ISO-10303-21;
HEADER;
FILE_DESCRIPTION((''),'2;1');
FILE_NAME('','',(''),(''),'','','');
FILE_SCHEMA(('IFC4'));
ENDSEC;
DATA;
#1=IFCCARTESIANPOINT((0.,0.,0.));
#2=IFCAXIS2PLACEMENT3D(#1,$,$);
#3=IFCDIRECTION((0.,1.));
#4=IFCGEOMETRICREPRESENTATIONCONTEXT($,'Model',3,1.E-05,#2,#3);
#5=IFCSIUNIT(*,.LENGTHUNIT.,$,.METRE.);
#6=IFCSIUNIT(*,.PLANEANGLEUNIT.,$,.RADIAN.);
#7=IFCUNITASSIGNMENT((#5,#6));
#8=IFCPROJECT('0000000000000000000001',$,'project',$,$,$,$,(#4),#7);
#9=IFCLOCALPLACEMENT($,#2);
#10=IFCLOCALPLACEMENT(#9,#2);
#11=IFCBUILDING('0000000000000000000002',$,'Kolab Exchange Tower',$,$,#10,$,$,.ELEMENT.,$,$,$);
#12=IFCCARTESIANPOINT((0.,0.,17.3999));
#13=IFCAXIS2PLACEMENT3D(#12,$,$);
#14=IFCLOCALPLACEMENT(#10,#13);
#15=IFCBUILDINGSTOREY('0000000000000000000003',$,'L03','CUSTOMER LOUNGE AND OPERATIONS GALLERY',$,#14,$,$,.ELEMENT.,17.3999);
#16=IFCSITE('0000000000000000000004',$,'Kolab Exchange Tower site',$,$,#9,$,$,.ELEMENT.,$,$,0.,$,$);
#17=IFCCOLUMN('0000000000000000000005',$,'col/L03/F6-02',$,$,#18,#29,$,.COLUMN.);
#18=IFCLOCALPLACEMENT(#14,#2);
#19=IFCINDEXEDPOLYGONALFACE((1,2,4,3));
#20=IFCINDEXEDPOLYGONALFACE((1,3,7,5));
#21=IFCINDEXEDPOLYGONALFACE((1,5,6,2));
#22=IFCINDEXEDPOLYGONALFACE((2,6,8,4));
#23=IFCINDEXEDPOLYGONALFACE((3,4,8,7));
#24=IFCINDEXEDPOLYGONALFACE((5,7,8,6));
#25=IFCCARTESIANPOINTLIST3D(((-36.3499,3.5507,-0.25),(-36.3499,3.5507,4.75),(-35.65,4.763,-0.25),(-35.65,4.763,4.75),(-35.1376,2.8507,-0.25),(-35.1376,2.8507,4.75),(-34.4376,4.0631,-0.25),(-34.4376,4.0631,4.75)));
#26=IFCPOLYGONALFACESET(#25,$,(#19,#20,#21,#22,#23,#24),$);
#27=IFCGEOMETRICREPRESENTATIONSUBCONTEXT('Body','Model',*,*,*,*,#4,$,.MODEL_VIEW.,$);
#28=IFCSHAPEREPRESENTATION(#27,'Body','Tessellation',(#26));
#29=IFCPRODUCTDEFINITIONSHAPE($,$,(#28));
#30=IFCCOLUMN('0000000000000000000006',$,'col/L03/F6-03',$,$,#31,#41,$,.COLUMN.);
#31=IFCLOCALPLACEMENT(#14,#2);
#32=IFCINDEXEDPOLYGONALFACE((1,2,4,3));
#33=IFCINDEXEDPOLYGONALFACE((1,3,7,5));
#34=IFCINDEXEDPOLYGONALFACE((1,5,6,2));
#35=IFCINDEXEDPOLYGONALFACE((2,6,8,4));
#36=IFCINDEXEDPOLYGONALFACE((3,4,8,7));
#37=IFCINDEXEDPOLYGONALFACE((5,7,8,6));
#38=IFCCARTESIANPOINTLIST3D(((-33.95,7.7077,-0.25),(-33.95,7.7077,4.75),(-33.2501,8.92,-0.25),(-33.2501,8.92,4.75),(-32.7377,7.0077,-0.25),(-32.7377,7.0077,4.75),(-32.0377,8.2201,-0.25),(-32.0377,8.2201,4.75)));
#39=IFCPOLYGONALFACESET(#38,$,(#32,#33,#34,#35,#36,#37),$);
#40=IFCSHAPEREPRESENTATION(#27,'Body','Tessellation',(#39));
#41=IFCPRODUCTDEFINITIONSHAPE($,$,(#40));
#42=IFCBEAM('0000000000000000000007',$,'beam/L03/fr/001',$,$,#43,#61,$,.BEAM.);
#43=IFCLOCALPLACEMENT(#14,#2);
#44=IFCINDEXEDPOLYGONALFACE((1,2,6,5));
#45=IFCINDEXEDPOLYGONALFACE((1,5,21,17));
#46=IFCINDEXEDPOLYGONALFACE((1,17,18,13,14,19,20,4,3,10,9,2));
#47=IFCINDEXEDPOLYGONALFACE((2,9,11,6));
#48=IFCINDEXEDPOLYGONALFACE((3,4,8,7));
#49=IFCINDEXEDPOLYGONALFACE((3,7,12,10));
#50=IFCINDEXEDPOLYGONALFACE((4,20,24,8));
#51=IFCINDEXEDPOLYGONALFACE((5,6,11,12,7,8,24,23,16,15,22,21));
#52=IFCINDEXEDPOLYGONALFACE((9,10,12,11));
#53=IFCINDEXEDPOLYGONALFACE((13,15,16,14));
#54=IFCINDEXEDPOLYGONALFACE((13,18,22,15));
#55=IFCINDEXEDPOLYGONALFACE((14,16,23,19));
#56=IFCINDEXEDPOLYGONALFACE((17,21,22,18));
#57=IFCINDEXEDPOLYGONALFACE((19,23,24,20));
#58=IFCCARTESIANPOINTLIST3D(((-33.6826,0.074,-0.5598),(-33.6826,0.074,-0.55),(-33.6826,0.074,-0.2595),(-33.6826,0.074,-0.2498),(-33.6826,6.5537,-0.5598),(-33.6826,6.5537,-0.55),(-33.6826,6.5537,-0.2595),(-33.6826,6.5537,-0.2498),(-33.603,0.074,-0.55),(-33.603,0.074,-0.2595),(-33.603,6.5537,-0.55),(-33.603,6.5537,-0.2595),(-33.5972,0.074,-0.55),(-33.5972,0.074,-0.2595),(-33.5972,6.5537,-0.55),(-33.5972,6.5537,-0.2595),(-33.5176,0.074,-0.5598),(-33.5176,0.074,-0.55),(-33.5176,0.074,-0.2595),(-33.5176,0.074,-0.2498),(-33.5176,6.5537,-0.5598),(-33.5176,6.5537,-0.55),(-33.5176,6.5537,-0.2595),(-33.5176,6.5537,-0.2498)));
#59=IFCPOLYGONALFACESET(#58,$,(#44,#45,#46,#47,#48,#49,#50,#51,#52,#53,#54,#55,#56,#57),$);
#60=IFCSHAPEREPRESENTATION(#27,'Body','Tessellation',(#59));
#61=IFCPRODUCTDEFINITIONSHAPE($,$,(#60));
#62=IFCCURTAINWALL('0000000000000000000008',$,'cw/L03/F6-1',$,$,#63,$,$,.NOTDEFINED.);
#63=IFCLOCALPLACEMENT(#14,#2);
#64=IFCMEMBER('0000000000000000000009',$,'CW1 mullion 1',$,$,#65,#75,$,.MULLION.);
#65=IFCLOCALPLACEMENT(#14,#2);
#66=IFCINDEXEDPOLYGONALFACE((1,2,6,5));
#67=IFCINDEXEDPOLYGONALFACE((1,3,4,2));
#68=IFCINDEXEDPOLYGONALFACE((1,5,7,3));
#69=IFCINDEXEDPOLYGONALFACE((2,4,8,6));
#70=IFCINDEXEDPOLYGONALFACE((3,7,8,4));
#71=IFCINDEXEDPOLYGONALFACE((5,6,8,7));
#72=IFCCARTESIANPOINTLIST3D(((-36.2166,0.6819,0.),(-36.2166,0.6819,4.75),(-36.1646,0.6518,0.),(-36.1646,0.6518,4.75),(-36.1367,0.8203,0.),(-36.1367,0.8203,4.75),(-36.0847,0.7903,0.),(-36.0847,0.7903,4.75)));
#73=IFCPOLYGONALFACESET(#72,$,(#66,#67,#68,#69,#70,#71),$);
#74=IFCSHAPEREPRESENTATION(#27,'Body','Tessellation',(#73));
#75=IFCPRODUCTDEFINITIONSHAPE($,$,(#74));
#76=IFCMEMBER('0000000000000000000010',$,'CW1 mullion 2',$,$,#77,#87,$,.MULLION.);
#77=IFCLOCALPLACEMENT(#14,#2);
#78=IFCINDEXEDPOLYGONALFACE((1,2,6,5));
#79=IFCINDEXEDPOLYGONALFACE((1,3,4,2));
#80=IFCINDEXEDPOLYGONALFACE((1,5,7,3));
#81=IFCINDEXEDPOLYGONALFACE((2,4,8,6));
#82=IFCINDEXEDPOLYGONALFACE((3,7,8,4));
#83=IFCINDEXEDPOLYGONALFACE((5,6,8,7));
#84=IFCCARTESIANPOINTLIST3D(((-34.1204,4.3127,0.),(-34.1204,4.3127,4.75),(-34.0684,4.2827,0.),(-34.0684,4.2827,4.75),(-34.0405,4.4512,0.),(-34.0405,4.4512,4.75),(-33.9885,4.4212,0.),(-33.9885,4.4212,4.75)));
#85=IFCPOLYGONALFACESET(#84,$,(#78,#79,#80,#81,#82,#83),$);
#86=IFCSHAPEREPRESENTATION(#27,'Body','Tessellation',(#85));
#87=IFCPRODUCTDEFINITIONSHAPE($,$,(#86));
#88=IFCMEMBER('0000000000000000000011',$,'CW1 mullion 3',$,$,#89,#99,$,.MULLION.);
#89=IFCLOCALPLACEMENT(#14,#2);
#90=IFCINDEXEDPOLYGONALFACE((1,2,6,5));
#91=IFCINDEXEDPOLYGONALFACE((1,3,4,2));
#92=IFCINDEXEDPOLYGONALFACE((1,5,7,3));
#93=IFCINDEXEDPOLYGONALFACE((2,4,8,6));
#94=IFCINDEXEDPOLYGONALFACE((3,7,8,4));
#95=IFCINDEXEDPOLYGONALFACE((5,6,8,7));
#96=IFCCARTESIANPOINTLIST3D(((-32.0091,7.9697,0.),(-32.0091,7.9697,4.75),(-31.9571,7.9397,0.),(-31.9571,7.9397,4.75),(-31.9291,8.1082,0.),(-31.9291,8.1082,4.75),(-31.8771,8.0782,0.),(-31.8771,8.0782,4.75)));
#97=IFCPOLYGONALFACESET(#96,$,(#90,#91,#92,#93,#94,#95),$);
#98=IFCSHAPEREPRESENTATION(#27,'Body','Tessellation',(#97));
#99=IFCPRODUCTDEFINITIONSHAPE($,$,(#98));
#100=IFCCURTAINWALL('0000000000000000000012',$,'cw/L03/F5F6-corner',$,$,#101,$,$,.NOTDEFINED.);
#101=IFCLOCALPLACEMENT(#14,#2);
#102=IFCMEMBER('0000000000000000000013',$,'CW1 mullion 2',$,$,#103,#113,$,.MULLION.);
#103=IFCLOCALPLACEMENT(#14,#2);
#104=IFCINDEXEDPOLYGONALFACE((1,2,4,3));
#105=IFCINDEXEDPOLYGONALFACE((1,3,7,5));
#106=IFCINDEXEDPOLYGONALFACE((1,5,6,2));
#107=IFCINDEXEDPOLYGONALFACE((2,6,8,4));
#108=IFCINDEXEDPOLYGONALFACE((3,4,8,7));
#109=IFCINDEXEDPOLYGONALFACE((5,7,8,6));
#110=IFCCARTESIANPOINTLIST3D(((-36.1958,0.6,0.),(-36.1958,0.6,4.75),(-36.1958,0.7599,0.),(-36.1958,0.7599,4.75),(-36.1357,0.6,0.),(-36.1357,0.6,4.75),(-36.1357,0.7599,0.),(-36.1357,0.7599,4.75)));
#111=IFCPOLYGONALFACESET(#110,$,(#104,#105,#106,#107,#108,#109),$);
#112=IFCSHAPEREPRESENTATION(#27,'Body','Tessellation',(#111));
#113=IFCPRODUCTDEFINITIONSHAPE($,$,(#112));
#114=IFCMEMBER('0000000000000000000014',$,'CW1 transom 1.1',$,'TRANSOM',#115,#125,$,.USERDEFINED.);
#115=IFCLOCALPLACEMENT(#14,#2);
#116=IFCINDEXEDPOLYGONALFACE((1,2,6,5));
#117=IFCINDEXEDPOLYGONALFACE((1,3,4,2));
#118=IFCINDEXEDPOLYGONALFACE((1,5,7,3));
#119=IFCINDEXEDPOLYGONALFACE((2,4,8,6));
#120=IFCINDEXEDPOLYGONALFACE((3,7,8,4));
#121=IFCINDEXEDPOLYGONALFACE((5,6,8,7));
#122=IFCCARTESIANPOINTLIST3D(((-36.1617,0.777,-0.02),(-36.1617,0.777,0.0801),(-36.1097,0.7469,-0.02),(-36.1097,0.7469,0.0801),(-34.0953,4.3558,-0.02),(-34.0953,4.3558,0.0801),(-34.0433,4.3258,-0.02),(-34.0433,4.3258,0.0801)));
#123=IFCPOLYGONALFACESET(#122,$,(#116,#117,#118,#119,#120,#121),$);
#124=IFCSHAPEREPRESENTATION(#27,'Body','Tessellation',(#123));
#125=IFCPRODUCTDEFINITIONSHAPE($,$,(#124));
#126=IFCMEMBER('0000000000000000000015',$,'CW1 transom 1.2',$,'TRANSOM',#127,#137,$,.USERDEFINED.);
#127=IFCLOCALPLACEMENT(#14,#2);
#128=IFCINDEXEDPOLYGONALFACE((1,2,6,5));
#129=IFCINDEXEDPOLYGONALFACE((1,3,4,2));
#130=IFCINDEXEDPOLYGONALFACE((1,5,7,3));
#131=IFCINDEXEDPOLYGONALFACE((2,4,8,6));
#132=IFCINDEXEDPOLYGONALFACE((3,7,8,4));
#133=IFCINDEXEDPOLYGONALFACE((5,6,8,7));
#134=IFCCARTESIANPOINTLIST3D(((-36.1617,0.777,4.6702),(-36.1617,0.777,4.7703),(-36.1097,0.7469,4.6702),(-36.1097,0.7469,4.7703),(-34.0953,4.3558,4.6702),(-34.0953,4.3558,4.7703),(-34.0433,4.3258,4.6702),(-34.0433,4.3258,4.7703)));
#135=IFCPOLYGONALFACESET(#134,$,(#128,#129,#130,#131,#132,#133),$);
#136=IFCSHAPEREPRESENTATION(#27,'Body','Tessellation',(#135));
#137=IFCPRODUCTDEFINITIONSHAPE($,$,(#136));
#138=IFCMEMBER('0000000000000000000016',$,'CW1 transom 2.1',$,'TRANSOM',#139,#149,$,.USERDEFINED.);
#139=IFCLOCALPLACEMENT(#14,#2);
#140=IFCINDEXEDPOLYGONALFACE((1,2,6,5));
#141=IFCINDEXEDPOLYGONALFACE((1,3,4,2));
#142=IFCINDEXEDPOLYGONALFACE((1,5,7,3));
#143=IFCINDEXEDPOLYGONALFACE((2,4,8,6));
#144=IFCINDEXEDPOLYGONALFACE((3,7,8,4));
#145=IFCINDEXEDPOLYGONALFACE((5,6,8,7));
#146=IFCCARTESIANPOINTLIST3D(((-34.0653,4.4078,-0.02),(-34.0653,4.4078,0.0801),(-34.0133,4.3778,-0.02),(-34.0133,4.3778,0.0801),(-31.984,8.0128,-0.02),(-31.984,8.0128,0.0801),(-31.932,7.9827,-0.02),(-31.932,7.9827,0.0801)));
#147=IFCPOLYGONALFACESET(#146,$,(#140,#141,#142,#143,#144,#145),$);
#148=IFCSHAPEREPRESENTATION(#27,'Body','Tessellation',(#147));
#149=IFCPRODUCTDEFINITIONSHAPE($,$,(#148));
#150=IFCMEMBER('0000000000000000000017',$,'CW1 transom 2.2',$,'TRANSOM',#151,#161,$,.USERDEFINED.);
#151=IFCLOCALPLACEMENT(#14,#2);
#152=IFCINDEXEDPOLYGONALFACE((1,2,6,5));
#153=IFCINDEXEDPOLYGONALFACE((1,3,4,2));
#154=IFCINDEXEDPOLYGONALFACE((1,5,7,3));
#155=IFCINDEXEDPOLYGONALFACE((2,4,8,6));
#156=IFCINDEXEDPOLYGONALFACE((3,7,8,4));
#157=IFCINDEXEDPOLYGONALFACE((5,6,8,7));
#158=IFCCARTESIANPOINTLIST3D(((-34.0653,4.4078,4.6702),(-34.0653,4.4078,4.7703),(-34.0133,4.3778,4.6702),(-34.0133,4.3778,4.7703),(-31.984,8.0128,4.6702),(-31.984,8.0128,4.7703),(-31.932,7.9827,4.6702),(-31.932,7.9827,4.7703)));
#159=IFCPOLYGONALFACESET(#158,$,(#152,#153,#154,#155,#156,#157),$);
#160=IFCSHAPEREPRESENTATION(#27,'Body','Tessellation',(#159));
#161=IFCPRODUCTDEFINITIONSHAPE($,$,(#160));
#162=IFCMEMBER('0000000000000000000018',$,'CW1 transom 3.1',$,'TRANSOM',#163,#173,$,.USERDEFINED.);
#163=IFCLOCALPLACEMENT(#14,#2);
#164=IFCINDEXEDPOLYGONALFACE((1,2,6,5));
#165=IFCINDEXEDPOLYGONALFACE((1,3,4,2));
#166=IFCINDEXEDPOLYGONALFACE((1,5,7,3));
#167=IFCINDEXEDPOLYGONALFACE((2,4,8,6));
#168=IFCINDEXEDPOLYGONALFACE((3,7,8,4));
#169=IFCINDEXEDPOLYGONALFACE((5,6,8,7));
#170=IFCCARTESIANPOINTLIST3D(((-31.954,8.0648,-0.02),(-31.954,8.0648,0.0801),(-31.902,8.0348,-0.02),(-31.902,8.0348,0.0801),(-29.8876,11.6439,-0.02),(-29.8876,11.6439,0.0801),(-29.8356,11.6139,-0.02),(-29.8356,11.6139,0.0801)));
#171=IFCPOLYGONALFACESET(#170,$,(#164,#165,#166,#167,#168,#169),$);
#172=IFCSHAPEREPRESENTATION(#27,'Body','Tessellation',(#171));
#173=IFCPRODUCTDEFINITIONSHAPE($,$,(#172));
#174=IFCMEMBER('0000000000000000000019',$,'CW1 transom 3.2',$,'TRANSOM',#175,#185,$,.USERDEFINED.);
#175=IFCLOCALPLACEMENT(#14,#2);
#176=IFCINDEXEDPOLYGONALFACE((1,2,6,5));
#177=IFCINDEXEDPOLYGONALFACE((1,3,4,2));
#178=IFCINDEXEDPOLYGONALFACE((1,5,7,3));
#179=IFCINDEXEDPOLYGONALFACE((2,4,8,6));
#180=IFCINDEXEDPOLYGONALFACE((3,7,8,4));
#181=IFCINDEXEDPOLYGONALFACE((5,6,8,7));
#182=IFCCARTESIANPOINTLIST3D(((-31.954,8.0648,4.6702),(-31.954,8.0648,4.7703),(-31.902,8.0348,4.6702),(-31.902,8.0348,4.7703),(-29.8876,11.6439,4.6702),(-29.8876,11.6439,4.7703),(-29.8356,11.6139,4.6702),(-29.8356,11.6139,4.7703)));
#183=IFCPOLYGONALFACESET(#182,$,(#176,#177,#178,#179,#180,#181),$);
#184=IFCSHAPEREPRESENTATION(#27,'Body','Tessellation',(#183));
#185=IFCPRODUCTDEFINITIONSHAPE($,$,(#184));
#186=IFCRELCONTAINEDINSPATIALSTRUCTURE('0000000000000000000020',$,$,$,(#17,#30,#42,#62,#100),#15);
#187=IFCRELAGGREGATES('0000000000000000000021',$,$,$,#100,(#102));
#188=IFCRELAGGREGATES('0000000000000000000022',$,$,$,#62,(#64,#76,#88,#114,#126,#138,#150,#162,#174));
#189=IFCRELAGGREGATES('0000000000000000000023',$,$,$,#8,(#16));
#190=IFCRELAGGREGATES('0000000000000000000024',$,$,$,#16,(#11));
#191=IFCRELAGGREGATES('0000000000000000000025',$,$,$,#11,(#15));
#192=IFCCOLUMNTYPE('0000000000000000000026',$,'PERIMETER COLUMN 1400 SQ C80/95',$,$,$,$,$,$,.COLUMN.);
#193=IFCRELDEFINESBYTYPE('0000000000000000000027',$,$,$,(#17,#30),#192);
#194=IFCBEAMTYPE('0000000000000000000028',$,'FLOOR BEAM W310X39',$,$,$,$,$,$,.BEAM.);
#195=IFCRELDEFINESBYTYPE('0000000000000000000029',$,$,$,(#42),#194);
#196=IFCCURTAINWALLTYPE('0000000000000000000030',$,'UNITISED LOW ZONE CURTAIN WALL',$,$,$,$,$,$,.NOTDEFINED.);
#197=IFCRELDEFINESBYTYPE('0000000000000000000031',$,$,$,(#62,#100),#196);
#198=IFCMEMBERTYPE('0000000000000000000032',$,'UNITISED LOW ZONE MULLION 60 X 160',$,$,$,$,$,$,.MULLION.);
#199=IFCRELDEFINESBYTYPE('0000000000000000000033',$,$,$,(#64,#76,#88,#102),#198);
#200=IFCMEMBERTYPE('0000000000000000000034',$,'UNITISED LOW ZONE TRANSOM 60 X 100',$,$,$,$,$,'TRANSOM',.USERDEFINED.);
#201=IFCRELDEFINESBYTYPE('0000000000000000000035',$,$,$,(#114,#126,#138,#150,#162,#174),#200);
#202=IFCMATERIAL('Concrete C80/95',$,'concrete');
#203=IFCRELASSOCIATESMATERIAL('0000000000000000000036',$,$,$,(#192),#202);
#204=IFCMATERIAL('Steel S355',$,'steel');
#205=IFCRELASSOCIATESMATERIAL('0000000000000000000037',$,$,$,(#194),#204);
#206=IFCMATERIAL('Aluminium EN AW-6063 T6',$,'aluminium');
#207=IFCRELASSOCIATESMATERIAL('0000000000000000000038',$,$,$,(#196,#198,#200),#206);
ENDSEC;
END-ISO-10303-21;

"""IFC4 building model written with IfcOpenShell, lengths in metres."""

from ifc_helpers import new_model, si_unit, direction, frame, origin, origin_2d, place, context, subcontext, project, spatial, rectangle, i_section, extrude, material, material_profile, profile_set, type_object, element, aggregate, save


model = new_model("IFC4")

# Units and contexts
model_context = context("Model", 3, precision=1e-05, world=origin(), true_north=direction((0.0, 1.0)))
body_context = subcontext(model_context, "Body", "Model", "MODEL_VIEW")
ifc_project = project(units=[si_unit("LENGTHUNIT", "METRE"), si_unit("PLANEANGLEUNIT", "RADIAN")], contexts=[model_context])

# Site, building, storey
site_placement = place(None, origin())
site = spatial("IfcSite", under=ifc_project, at=site_placement, Name="Kolab Exchange Tower site", CompositionType="ELEMENT", RefElevation=0.0)
building_placement = place(site_placement, origin())
building = spatial("IfcBuilding", under=site, at=building_placement, Name="Kolab Exchange Tower", CompositionType="ELEMENT")
storey_placement = place(building_placement, frame((0.0, 0.0, 17.3999)))
storey = spatial("IfcBuildingStorey", under=building, at=storey_placement, Name="L03", Description="CUSTOMER LOUNGE AND OPERATIONS GALLERY", CompositionType="ELEMENT", Elevation=17.3999)

# Columns
ifc_material_1 = material(Name="Concrete C80/95", Category="concrete")
ifc_material_profile_1 = material_profile(ifc_material_1, rectangle(XDim=1.3999, YDim=1.3999, at=origin_2d()), Name="RC1400")
ifc_profile_set_1 = profile_set([ifc_material_profile_1], Name="Concrete C80/95")
column_type = type_object("IfcColumnType", Name="PERIMETER COLUMN 1400 SQ C80/95", PredefinedType="COLUMN", material=ifc_profile_set_1)
for number, where, z_axis, x_axis, name in (
    (1, (-35.3938, 3.8069, -0.25), (0.0, 0.0, 1.0), (0.5, 0.866025, 0.0), "col/L03/F6-02"),
    (2, (-32.9939, 7.9639, -0.25), (0.0, 0.0, 1.0), (0.5, 0.866025, 0.0), "col/L03/F6-03"),
):
    element("IfcColumn", number, at=place(storey_placement, frame(where, z_axis=z_axis, x_axis=x_axis)), inside=storey, type_object=column_type, Name=name, PredefinedType="COLUMN", context=body_context, shape_type="SweptSolid", body=[
        extrude(rectangle(XDim=1.3999, YDim=1.3999, at=origin_2d()), origin(), (0.0, 0.0, 1.0), 5.0),
    ])

# Beam
ifc_material_2 = material(Name="Steel S355", Category="steel")
ifc_material_profile_2 = material_profile(ifc_material_2, i_section(OverallWidth=0.165, OverallDepth=0.3101, WebThickness=0.0059, FlangeThickness=0.0098, at=origin_2d()), Name="W310X39")
ifc_profile_set_2 = profile_set([ifc_material_profile_2], Name="Steel S355")
beam_type = type_object("IfcBeamType", Name="FLOOR BEAM W310X39", PredefinedType="BEAM", material=ifc_profile_set_2)
beam_placement = place(storey_placement, frame((-33.6001, 0.074, -0.4048), z_axis=(0.0, 1.0, 0.0), x_axis=(-1.0, 0.0, 0.0)))
element("IfcBeam", 3, at=beam_placement, inside=storey, type_object=beam_type, Name="beam/L03/fr/001", PredefinedType="BEAM", context=body_context, shape_type="SweptSolid", body=[
    extrude(i_section(OverallWidth=0.165, OverallDepth=0.3101, WebThickness=0.0059, FlangeThickness=0.0098, at=origin_2d()), origin(), (0.0, 0.0, 1.0), 6.4797),
])

# Curtain wall, members
ifc_material_3 = material(Name="Aluminium EN AW-6063 T6", Category="aluminium")
curtain_wall_type = type_object("IfcCurtainWallType", Name="UNITISED LOW ZONE CURTAIN WALL", PredefinedType="NOTDEFINED", material=ifc_material_3)
curtain_wall_1_placement = place(storey_placement, origin())
curtain_wall_1 = element("IfcCurtainWall", 4, at=curtain_wall_1_placement, inside=storey, type_object=curtain_wall_type, Name="cw/L03/F6-1", PredefinedType="NOTDEFINED")
ifc_material_profile_3 = material_profile(ifc_material_3, rectangle(XDim=0.0601, YDim=0.1599, at=origin_2d()), Name="RECT 60X160")
ifc_profile_set_3 = profile_set([ifc_material_profile_3], Name="Aluminium EN AW-6063 T6")
member_type_1 = type_object("IfcMemberType", Name="UNITISED LOW ZONE MULLION 60 X 160", PredefinedType="MULLION", material=ifc_profile_set_3)
member_1_placement = place(storey_placement, frame((-36.1506, 0.7361, 0.0), z_axis=(0.0, 0.0, 1.0), x_axis=(-0.866025, 0.5, 0.0)))
member_1 = element("IfcMember", 5, at=member_1_placement, type_object=member_type_1, Name="CW1 mullion 1", PredefinedType="MULLION", context=body_context, shape_type="SweptSolid", body=[
    extrude(rectangle(XDim=0.0601, YDim=0.1599, at=origin_2d()), origin(), (0.0, 0.0, 1.0), 4.75),
])
member_2_placement = place(storey_placement, frame((-34.0544, 4.3669, 0.0), z_axis=(0.0, 0.0, 1.0), x_axis=(-0.866025, 0.5, 0.0)))
member_2 = element("IfcMember", 6, at=member_2_placement, type_object=member_type_1, Name="CW1 mullion 2", PredefinedType="MULLION", context=body_context, shape_type="SweptSolid", body=[
    extrude(rectangle(XDim=0.0601, YDim=0.1599, at=origin_2d()), origin(), (0.0, 0.0, 1.0), 4.75),
])
member_3_placement = place(storey_placement, frame((-31.9431, 8.0239, 0.0), z_axis=(0.0, 0.0, 1.0), x_axis=(-0.866025, 0.5, 0.0)))
member_3 = element("IfcMember", 7, at=member_3_placement, type_object=member_type_1, Name="CW1 mullion 3", PredefinedType="MULLION", context=body_context, shape_type="SweptSolid", body=[
    extrude(rectangle(XDim=0.0601, YDim=0.1599, at=origin_2d()), origin(), (0.0, 0.0, 1.0), 4.75),
])

# Curtain wall, member
curtain_wall_2_placement = place(storey_placement, origin())
curtain_wall_2 = element("IfcCurtainWall", 8, at=curtain_wall_2_placement, inside=storey, type_object=curtain_wall_type, Name="cw/L03/F5F6-corner", PredefinedType="NOTDEFINED")
member_4_placement = place(storey_placement, frame((-36.1658, 0.6799, 0.0), z_axis=(0.0, 0.0, 1.0), x_axis=(-1.0, 0.0, 0.0)))
member_4 = element("IfcMember", 9, at=member_4_placement, type_object=member_type_1, Name="CW1 mullion 2", PredefinedType="MULLION", context=body_context, shape_type="SweptSolid", body=[
    extrude(rectangle(XDim=0.0601, YDim=0.1599, at=origin_2d()), origin(), (0.0, 0.0, 1.0), 4.75),
])
aggregate(curtain_wall_2, [member_4])

# Members
ifc_material_profile_4 = material_profile(ifc_material_3, rectangle(XDim=0.0601, YDim=0.1001, at=origin_2d()), Name="RECT 60X100")
ifc_profile_set_4 = profile_set([ifc_material_profile_4], Name="Aluminium EN AW-6063 T6")
member_type_2 = type_object("IfcMemberType", Name="UNITISED LOW ZONE TRANSOM 60 X 100", ElementType="TRANSOM", PredefinedType="USERDEFINED", material=ifc_profile_set_4)
member_5_placement = place(storey_placement, frame((-36.1357, 0.762, 0.03), z_axis=(0.500028, 0.866009, 0.0), x_axis=(-0.866009, 0.500028, 0.0)))
member_5 = element("IfcMember", 10, at=member_5_placement, type_object=member_type_2, Name="CW1 transom 1.1", ObjectType="TRANSOM", PredefinedType="USERDEFINED", context=body_context, shape_type="SweptSolid", body=[
    extrude(rectangle(XDim=0.0601, YDim=0.1001, at=origin_2d()), origin(), (0.0, 0.0, 1.0), 4.1326),
])
member_6_placement = place(storey_placement, frame((-36.1357, 0.762, 4.7202), z_axis=(0.500028, 0.866009, 0.0), x_axis=(-0.866009, 0.500028, 0.0)))
member_6 = element("IfcMember", 11, at=member_6_placement, type_object=member_type_2, Name="CW1 transom 1.2", ObjectType="TRANSOM", PredefinedType="USERDEFINED", context=body_context, shape_type="SweptSolid", body=[
    extrude(rectangle(XDim=0.0601, YDim=0.1001, at=origin_2d()), origin(), (0.0, 0.0, 1.0), 4.1326),
])
member_7_placement = place(storey_placement, frame((-34.0393, 4.3928, 0.03), z_axis=(0.499993, 0.866029, 0.0), x_axis=(-0.866029, 0.499993, 0.0)))
member_7 = element("IfcMember", 12, at=member_7_placement, type_object=member_type_2, Name="CW1 transom 2.1", ObjectType="TRANSOM", PredefinedType="USERDEFINED", context=body_context, shape_type="SweptSolid", body=[
    extrude(rectangle(XDim=0.0601, YDim=0.1001, at=origin_2d()), origin(), (0.0, 0.0, 1.0), 4.1626),
])
member_8_placement = place(storey_placement, frame((-34.0393, 4.3928, 4.7202), z_axis=(0.499993, 0.866029, 0.0), x_axis=(-0.866029, 0.499993, 0.0)))
member_8 = element("IfcMember", 13, at=member_8_placement, type_object=member_type_2, Name="CW1 transom 2.2", ObjectType="TRANSOM", PredefinedType="USERDEFINED", context=body_context, shape_type="SweptSolid", body=[
    extrude(rectangle(XDim=0.0601, YDim=0.1001, at=origin_2d()), origin(), (0.0, 0.0, 1.0), 4.1626),
])
member_9_placement = place(storey_placement, frame((-31.928, 8.0498, 0.03), z_axis=(0.500002, 0.866024, 0.0), x_axis=(-0.866024, 0.500002, 0.0)))
member_9 = element("IfcMember", 14, at=member_9_placement, type_object=member_type_2, Name="CW1 transom 3.1", ObjectType="TRANSOM", PredefinedType="USERDEFINED", context=body_context, shape_type="SweptSolid", body=[
    extrude(rectangle(XDim=0.0601, YDim=0.1001, at=origin_2d()), origin(), (0.0, 0.0, 1.0), 4.1328),
])
member_10_placement = place(storey_placement, frame((-31.928, 8.0498, 4.7202), z_axis=(0.500002, 0.866024, 0.0), x_axis=(-0.866024, 0.500002, 0.0)))
member_10 = element("IfcMember", 15, at=member_10_placement, type_object=member_type_2, Name="CW1 transom 3.2", ObjectType="TRANSOM", PredefinedType="USERDEFINED", context=body_context, shape_type="SweptSolid", body=[
    extrude(rectangle(XDim=0.0601, YDim=0.1001, at=origin_2d()), origin(), (0.0, 0.0, 1.0), 4.1328),
])

aggregate(curtain_wall_1, [member_1, member_2, member_3, member_5, member_6, member_7, member_8, member_9, member_10])

save(model, "model.ifc")
